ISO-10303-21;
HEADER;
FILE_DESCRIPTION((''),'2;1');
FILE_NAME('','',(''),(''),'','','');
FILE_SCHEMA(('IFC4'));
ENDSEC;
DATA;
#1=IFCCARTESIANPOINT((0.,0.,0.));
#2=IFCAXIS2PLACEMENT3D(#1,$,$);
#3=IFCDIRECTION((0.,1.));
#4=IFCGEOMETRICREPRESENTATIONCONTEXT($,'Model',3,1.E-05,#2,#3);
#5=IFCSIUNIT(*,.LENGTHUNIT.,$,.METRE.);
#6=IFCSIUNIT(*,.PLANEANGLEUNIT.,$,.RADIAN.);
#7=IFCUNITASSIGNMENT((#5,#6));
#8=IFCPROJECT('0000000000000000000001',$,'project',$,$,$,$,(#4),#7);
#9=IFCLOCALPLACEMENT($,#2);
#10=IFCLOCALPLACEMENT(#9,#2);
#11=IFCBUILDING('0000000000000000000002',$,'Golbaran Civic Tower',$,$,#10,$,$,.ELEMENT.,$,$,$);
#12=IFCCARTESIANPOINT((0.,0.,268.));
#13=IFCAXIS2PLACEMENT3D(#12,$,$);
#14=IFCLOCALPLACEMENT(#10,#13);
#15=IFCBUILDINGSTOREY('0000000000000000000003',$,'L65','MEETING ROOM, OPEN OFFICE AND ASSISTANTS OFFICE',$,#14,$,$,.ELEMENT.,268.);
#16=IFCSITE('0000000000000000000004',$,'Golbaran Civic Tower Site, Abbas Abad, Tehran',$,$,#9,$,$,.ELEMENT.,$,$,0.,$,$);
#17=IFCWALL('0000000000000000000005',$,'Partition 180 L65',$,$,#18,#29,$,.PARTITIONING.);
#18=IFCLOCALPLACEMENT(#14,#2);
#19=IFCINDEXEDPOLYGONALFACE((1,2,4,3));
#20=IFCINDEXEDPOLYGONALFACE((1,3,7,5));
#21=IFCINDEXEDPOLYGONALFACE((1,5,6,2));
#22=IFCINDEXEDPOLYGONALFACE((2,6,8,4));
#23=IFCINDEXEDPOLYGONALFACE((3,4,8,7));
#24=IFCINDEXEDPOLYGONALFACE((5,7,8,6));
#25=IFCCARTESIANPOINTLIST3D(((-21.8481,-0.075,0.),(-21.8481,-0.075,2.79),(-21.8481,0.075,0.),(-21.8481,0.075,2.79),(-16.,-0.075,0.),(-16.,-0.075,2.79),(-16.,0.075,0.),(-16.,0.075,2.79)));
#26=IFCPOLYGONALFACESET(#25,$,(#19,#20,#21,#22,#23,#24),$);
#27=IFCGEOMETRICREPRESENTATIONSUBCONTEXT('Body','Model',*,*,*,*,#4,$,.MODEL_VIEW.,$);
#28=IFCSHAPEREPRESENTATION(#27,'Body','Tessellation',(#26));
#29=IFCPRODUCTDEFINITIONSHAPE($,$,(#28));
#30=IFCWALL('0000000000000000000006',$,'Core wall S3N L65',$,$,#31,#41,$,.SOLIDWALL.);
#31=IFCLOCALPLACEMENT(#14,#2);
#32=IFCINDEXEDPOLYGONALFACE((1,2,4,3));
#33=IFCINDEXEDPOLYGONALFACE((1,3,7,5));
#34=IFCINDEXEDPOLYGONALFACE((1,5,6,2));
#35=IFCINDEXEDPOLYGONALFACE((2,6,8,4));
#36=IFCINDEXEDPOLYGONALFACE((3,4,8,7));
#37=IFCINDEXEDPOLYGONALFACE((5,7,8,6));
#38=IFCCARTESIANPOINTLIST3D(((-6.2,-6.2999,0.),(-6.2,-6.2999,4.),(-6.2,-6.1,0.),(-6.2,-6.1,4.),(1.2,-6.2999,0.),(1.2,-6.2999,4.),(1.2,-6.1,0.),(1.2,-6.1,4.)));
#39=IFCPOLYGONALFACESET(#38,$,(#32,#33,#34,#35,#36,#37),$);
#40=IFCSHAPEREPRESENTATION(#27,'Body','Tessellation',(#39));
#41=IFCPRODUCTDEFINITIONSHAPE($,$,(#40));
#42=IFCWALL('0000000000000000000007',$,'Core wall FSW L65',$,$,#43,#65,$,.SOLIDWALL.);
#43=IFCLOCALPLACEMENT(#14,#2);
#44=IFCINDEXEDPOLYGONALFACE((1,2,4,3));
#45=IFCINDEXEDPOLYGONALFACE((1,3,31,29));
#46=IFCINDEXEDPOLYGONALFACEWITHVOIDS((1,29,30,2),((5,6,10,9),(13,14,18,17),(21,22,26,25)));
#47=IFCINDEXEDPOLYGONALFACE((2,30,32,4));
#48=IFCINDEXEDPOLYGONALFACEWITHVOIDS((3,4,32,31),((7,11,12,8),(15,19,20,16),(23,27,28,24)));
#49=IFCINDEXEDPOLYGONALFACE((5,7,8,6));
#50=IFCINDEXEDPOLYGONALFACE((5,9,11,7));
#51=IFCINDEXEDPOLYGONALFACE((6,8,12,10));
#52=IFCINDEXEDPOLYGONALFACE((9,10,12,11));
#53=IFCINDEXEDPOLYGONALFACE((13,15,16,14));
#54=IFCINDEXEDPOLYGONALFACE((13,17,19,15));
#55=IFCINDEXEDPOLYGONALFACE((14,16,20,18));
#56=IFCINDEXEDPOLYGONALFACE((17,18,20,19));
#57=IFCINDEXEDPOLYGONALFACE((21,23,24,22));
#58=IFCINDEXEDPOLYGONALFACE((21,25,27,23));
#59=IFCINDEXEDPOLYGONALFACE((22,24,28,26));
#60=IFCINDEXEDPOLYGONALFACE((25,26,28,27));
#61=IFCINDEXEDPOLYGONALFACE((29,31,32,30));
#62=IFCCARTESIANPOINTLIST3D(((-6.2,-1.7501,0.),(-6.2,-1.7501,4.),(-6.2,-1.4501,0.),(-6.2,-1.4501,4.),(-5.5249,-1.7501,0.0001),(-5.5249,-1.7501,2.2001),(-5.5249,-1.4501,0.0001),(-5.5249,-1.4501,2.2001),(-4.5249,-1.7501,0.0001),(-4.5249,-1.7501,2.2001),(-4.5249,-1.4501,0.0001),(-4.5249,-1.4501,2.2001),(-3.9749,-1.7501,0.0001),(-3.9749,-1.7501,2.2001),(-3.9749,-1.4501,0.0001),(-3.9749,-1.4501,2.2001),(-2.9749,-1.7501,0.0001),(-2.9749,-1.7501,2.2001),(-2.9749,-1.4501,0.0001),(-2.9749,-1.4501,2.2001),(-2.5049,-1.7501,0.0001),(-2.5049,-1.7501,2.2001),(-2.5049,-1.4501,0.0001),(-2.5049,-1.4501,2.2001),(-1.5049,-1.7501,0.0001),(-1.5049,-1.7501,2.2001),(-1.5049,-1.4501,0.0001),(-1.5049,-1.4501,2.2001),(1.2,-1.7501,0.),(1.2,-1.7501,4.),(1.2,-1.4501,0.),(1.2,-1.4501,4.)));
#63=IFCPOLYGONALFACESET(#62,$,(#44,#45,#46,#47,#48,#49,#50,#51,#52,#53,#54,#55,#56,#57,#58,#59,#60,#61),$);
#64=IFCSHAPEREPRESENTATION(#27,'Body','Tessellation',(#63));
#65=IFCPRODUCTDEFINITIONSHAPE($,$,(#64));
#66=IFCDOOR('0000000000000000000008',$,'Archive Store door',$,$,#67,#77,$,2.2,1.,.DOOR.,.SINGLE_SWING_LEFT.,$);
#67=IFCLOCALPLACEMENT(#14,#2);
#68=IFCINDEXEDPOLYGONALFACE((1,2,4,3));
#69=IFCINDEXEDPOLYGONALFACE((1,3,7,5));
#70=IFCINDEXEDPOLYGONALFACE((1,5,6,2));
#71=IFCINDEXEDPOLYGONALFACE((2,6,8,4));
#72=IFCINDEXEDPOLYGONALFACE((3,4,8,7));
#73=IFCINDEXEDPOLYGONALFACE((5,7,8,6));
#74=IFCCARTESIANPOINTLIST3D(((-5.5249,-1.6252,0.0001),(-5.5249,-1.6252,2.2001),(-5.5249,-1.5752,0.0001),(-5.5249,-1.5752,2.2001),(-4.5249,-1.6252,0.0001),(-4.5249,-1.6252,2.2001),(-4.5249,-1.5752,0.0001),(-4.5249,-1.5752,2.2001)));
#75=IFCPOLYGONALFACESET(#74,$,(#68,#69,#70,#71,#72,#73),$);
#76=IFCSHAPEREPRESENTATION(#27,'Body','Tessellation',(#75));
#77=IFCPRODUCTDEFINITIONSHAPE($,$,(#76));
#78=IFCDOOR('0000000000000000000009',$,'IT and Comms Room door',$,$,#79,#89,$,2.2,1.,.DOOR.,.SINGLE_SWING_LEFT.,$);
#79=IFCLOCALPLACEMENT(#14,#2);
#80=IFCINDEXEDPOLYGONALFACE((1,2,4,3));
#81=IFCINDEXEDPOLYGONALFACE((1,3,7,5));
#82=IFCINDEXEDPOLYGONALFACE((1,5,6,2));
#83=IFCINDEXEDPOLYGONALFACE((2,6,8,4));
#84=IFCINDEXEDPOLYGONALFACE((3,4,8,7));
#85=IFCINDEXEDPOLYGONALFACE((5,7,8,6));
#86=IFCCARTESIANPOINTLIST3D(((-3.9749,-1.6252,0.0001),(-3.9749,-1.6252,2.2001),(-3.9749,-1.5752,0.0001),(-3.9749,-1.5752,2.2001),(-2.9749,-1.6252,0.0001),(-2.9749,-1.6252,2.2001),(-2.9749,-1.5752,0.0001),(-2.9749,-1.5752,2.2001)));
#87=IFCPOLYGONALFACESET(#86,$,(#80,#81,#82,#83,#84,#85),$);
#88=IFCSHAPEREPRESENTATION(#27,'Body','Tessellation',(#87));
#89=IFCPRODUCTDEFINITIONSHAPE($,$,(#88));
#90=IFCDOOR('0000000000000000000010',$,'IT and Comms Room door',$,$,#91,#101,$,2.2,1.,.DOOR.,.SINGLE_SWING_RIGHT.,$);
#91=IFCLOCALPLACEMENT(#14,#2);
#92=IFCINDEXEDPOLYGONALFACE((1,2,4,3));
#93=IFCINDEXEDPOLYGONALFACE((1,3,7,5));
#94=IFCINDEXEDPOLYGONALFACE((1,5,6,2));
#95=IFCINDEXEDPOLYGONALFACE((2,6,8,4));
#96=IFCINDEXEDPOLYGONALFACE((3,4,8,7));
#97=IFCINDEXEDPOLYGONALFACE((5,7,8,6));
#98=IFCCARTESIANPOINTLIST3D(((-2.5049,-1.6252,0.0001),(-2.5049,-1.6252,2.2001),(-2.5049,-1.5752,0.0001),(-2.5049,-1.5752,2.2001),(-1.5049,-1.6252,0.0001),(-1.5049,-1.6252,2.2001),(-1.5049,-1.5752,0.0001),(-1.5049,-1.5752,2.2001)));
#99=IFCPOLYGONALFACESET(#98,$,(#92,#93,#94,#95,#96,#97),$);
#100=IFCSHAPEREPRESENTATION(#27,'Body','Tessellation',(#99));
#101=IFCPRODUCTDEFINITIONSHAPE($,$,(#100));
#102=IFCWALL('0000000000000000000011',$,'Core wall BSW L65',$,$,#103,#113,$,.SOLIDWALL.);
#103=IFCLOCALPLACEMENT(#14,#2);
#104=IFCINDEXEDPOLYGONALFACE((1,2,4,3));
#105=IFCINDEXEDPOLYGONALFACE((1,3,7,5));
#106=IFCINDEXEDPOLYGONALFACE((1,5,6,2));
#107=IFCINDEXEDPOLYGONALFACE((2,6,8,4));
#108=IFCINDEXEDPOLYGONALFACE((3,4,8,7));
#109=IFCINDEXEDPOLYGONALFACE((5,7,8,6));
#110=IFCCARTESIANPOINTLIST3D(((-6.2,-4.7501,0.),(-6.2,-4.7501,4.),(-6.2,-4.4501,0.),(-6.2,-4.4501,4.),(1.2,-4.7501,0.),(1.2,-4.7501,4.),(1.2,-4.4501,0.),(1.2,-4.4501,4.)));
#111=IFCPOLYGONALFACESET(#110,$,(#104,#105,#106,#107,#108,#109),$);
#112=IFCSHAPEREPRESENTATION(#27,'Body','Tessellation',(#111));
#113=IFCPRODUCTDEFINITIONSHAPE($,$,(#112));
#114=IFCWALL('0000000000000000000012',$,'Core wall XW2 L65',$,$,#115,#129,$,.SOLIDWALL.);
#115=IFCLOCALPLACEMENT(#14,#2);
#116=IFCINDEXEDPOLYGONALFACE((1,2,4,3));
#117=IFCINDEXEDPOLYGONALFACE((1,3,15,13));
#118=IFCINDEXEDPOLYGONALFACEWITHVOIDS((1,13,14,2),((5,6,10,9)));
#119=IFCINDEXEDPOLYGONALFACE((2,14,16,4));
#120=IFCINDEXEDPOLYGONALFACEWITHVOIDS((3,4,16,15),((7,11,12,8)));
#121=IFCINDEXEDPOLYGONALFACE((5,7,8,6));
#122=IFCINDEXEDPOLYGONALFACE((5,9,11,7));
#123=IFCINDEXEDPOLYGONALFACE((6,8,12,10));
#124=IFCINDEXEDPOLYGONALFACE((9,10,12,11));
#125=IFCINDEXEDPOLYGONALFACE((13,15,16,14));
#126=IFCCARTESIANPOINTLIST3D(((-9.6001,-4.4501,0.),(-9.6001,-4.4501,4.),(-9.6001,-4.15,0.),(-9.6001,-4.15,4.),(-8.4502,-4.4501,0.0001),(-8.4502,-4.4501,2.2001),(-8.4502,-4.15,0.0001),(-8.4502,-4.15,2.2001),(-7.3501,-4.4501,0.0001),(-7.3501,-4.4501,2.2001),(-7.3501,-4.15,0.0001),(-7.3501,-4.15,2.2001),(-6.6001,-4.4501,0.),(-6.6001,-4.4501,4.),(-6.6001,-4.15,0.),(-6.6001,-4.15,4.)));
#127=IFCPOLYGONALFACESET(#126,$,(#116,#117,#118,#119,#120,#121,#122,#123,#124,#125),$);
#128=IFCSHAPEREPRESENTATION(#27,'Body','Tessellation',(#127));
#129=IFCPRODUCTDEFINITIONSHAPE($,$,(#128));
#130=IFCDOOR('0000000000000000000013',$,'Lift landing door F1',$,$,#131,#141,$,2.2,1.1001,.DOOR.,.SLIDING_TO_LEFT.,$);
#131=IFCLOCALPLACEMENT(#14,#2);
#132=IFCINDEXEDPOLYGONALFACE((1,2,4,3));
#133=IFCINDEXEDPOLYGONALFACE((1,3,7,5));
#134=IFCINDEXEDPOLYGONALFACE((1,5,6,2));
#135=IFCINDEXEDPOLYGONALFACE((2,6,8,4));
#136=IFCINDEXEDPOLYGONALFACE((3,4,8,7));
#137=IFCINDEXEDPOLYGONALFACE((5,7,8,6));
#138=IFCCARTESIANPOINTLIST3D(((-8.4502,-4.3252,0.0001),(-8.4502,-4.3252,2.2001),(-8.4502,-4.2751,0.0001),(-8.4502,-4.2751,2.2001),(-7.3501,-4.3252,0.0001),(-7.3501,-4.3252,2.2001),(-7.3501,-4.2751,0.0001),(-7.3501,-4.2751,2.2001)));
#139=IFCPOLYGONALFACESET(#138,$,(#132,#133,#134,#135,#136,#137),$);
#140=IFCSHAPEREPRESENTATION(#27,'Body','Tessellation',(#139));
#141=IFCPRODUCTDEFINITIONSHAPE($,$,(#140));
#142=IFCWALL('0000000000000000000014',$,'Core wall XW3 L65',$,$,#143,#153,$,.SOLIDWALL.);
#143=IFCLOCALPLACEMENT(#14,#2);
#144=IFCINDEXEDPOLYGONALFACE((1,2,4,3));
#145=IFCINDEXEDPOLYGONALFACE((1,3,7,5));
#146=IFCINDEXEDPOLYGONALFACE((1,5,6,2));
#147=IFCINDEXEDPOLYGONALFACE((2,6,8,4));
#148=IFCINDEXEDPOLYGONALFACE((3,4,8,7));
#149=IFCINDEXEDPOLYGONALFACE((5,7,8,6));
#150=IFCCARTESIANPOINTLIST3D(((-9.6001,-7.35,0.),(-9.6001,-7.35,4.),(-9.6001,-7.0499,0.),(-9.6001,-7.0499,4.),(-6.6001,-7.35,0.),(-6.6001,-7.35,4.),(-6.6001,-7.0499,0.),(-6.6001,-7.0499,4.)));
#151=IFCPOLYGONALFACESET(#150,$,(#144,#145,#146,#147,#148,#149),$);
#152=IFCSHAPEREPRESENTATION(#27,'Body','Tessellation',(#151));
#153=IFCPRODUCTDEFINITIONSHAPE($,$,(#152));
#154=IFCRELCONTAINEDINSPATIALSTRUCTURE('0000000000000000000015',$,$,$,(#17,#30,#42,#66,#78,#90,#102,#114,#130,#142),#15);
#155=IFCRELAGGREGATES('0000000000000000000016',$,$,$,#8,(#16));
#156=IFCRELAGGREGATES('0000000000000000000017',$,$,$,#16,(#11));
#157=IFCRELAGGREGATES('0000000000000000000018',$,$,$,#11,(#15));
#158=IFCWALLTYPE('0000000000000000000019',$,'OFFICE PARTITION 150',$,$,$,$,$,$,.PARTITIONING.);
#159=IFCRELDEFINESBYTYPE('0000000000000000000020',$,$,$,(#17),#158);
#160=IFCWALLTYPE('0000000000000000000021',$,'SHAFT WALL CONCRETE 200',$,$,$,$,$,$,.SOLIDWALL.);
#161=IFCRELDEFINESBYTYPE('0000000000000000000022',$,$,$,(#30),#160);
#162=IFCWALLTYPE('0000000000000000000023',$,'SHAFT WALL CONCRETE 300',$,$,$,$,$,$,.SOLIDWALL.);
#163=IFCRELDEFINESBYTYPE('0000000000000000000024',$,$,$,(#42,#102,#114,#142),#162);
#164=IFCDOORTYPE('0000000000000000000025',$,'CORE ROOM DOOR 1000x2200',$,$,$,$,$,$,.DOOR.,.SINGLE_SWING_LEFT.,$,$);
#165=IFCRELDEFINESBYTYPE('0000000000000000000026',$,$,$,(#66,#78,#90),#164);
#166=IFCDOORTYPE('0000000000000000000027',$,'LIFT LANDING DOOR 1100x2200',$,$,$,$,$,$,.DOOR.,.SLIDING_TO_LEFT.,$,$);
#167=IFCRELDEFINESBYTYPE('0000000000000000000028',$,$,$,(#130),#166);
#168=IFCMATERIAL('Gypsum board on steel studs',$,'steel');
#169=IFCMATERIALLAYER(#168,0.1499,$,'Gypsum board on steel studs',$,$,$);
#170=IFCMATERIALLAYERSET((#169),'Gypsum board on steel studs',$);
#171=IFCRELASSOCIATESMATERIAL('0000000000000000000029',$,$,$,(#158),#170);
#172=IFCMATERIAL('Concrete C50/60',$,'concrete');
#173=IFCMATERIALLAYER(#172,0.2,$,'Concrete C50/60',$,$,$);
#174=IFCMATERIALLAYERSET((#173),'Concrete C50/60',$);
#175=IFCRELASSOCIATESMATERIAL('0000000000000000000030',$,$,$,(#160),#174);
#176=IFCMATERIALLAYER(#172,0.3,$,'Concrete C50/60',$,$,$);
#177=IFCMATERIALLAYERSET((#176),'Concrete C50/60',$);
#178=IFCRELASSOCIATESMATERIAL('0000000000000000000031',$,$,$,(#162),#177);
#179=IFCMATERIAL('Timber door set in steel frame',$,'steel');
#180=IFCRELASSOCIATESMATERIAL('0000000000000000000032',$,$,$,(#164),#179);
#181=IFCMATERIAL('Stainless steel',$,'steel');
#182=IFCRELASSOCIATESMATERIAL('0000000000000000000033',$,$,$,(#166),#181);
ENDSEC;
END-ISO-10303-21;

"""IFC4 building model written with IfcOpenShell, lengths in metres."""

from ifc_helpers import new_model, si_unit, direction, frame, frame_2d, origin, place, context, subcontext, project, spatial, rectangle, extrude, material, layer, layer_set, type_object, element, fill, save


model = new_model("IFC4")

# Units and contexts
model_context = context("Model", 3, precision=1e-05, world=origin(), true_north=direction((0.0, 1.0)))
body_context = subcontext(model_context, "Body", "Model", "MODEL_VIEW")
ifc_project = project(units=[si_unit("LENGTHUNIT", "METRE"), si_unit("PLANEANGLEUNIT", "RADIAN")], contexts=[model_context])

# Site, building, storey
site_placement = place(None, origin())
site = spatial("IfcSite", under=ifc_project, at=site_placement, Name="Golbaran Civic Tower Site, Abbas Abad, Tehran", CompositionType="ELEMENT", RefElevation=0.0)
building_placement = place(site_placement, origin())
building = spatial("IfcBuilding", under=site, at=building_placement, Name="Golbaran Civic Tower", CompositionType="ELEMENT")
storey_placement = place(building_placement, frame((0.0, 0.0, 268.0)))
storey = spatial("IfcBuildingStorey", under=building, at=storey_placement, Name="L65", Description="MEETING ROOM, OPEN OFFICE AND ASSISTANTS OFFICE", CompositionType="ELEMENT", Elevation=268.0)

# Shared definitions
ifc_material_1 = material(Name="Timber door set in steel frame", Category="steel")

# Walls
ifc_material_2 = material(Name="Gypsum board on steel studs", Category="steel")
ifc_layer_1 = layer(ifc_material_2, 0.1499, Name="Gypsum board on steel studs")
ifc_layer_set_1 = layer_set([ifc_layer_1], Name="Gypsum board on steel studs")
wall_type_1 = type_object("IfcWallType", Name="OFFICE PARTITION 150", PredefinedType="PARTITIONING", material=ifc_layer_set_1)
wall_1_placement = place(storey_placement, frame((-16.0, 0.0, 0.0), z_axis=(0.0, 0.0, 1.0), x_axis=(-1.0, 0.0, 0.0)))
element("IfcWall", 1, at=wall_1_placement, inside=storey, type_object=wall_type_1, Name="Partition 180 L65", PredefinedType="PARTITIONING", context=body_context, shape_type="SweptSolid", body=[
    extrude(rectangle(XDim=5.8481, YDim=0.1499, at=frame_2d((2.9241, 0.0))), origin(), (0.0, 0.0, 1.0), 2.79),
])
ifc_material_3 = material(Name="Concrete C50/60", Category="concrete")
ifc_layer_2 = layer(ifc_material_3, 0.2, Name="Concrete C50/60")
ifc_layer_set_2 = layer_set([ifc_layer_2], Name="Concrete C50/60")
wall_type_2 = type_object("IfcWallType", Name="SHAFT WALL CONCRETE 200", PredefinedType="SOLIDWALL", material=ifc_layer_set_2)
wall_2_placement = place(storey_placement, frame((-6.2, -6.2, 0.0), z_axis=(0.0, 0.0, 1.0), x_axis=(1.0, 0.0, 0.0)))
element("IfcWall", 2, at=wall_2_placement, inside=storey, type_object=wall_type_2, Name="Core wall S3N L65", PredefinedType="SOLIDWALL", context=body_context, shape_type="SweptSolid", body=[
    extrude(rectangle(XDim=7.3999, YDim=0.2, at=frame_2d((3.7, 0.0))), origin(), (0.0, 0.0, 1.0), 4.0),
])

# Wall, openings, doors
ifc_layer_3 = layer(ifc_material_3, 0.3, Name="Concrete C50/60")
ifc_layer_set_3 = layer_set([ifc_layer_3], Name="Concrete C50/60")
wall_type_3 = type_object("IfcWallType", Name="SHAFT WALL CONCRETE 300", PredefinedType="SOLIDWALL", material=ifc_layer_set_3)
wall_3_placement = place(storey_placement, frame((-6.2, -1.6001, 0.0), z_axis=(0.0, 0.0, 1.0), x_axis=(1.0, 0.0, 0.0)))
wall_3 = element("IfcWall", 3, at=wall_3_placement, inside=storey, type_object=wall_type_3, Name="Core wall FSW L65", PredefinedType="SOLIDWALL", context=body_context, shape_type="SweptSolid", body=[
    extrude(rectangle(XDim=7.3999, YDim=0.3, at=frame_2d((3.7, 0.0))), origin(), (0.0, 0.0, 1.0), 4.0),
])
opening_1_placement = place(wall_3_placement, frame((0.675, 0.0, 0.0)))
opening_1 = element("IfcOpeningElement", 4, at=opening_1_placement, cuts=wall_3, PredefinedType="OPENING", context=body_context, shape_type="SweptSolid", body=[
    extrude(rectangle(XDim=1.0, YDim=2.2, at=frame_2d((0.5, 1.1001))), frame((0.0, 0.1599, 0.0), z_axis=(0.0, -1.0, 0.0), x_axis=(1.0, 0.0, 0.0)), (0.0, 0.0, 1.0), 0.3201),
])
opening_2_placement = place(wall_3_placement, frame((2.2251, 0.0, 0.0)))
opening_2 = element("IfcOpeningElement", 5, at=opening_2_placement, cuts=wall_3, PredefinedType="OPENING", context=body_context, shape_type="SweptSolid", body=[
    extrude(rectangle(XDim=1.0, YDim=2.2, at=frame_2d((0.5, 1.1001))), frame((0.0, 0.1599, 0.0), z_axis=(0.0, -1.0, 0.0), x_axis=(1.0, 0.0, 0.0)), (0.0, 0.0, 1.0), 0.3201),
])
opening_3_placement = place(wall_3_placement, frame((3.6951, 0.0, 0.0)))
opening_3 = element("IfcOpeningElement", 6, at=opening_3_placement, cuts=wall_3, PredefinedType="OPENING", context=body_context, shape_type="SweptSolid", body=[
    extrude(rectangle(XDim=1.0, YDim=2.2, at=frame_2d((0.5, 1.1001))), frame((0.0, 0.1599, 0.0), z_axis=(0.0, -1.0, 0.0), x_axis=(1.0, 0.0, 0.0)), (0.0, 0.0, 1.0), 0.3201),
])
door_type_1 = type_object("IfcDoorType", Name="CORE ROOM DOOR 1000x2200", OperationType="SINGLE_SWING_LEFT", PredefinedType="DOOR", material=ifc_material_1)
door_1_placement = place(opening_1_placement, origin())
door_1 = element("IfcDoor", 7, at=door_1_placement, inside=storey, type_object=door_type_1, Name="Archive Store door", OperationType="SINGLE_SWING_LEFT", OverallHeight=2.2, OverallWidth=1.0, PredefinedType="DOOR", context=body_context, shape_type="SweptSolid", body=[
    extrude(rectangle(XDim=1.0, YDim=2.2, at=frame_2d((0.5, 1.1001))), frame((0.0, 0.0249, 0.0), z_axis=(0.0, -1.0, 0.0), x_axis=(1.0, 0.0, 0.0)), (0.0, 0.0, 1.0), 0.05),
])
fill(opening_1, door_1)
door_2_placement = place(opening_2_placement, origin())
door_2 = element("IfcDoor", 8, at=door_2_placement, inside=storey, type_object=door_type_1, Name="IT and Comms Room door", OperationType="SINGLE_SWING_LEFT", OverallHeight=2.2, OverallWidth=1.0, PredefinedType="DOOR", context=body_context, shape_type="SweptSolid", body=[
    extrude(rectangle(XDim=1.0, YDim=2.2, at=frame_2d((0.5, 1.1001))), frame((0.0, 0.0249, 0.0), z_axis=(0.0, -1.0, 0.0), x_axis=(1.0, 0.0, 0.0)), (0.0, 0.0, 1.0), 0.05),
])
fill(opening_2, door_2)
door_3_placement = place(opening_3_placement, origin())
door_3 = element("IfcDoor", 9, at=door_3_placement, inside=storey, type_object=door_type_1, Name="IT and Comms Room door", OperationType="SINGLE_SWING_RIGHT", OverallHeight=2.2, OverallWidth=1.0, PredefinedType="DOOR", context=body_context, shape_type="SweptSolid", body=[
    extrude(rectangle(XDim=1.0, YDim=2.2, at=frame_2d((0.5, 1.1001))), frame((0.0, 0.0249, 0.0), z_axis=(0.0, -1.0, 0.0), x_axis=(1.0, 0.0, 0.0)), (0.0, 0.0, 1.0), 0.05),
])
fill(opening_3, door_3)

# Wall
wall_4_placement = place(storey_placement, frame((-6.2, -4.6001, 0.0), z_axis=(0.0, 0.0, 1.0), x_axis=(1.0, 0.0, 0.0)))
element("IfcWall", 10, at=wall_4_placement, inside=storey, type_object=wall_type_3, Name="Core wall BSW L65", PredefinedType="SOLIDWALL", context=body_context, shape_type="SweptSolid", body=[
    extrude(rectangle(XDim=7.3999, YDim=0.3, at=frame_2d((3.7, 0.0))), origin(), (0.0, 0.0, 1.0), 4.0),
])

# Wall, opening, door
wall_5_placement = place(storey_placement, frame((-9.6001, -4.3, 0.0), z_axis=(0.0, 0.0, 1.0), x_axis=(1.0, 0.0, 0.0)))
wall_5 = element("IfcWall", 11, at=wall_5_placement, inside=storey, type_object=wall_type_3, Name="Core wall XW2 L65", PredefinedType="SOLIDWALL", context=body_context, shape_type="SweptSolid", body=[
    extrude(rectangle(XDim=3.0, YDim=0.3, at=frame_2d((1.5, 0.0))), origin(), (0.0, 0.0, 1.0), 4.0),
])
opening_4_placement = place(wall_5_placement, frame((1.1499, 0.0, 0.0)))
opening_4 = element("IfcOpeningElement", 12, at=opening_4_placement, cuts=wall_5, PredefinedType="OPENING", context=body_context, shape_type="SweptSolid", body=[
    extrude(rectangle(XDim=1.1001, YDim=2.2, at=frame_2d((0.55, 1.1001))), frame((0.0, 0.1599, 0.0), z_axis=(0.0, -1.0, 0.0), x_axis=(1.0, 0.0, 0.0)), (0.0, 0.0, 1.0), 0.3201),
])
ifc_material_4 = material(Name="Stainless steel", Category="steel")
door_type_2 = type_object("IfcDoorType", Name="LIFT LANDING DOOR 1100x2200", OperationType="SLIDING_TO_LEFT", PredefinedType="DOOR", material=ifc_material_4)
door_4_placement = place(opening_4_placement, origin())
door_4 = element("IfcDoor", 13, at=door_4_placement, inside=storey, type_object=door_type_2, Name="Lift landing door F1", OperationType="SLIDING_TO_LEFT", OverallHeight=2.2, OverallWidth=1.1001, PredefinedType="DOOR", context=body_context, shape_type="SweptSolid", body=[
    extrude(rectangle(XDim=1.1001, YDim=2.2, at=frame_2d((0.55, 1.1001))), frame((0.0, 0.0249, 0.0), z_axis=(0.0, -1.0, 0.0), x_axis=(1.0, 0.0, 0.0)), (0.0, 0.0, 1.0), 0.05),
])
fill(opening_4, door_4)

# Wall
wall_6_placement = place(storey_placement, frame((-9.6001, -7.2, 0.0), z_axis=(0.0, 0.0, 1.0), x_axis=(1.0, 0.0, 0.0)))
element("IfcWall", 14, at=wall_6_placement, inside=storey, type_object=wall_type_3, Name="Core wall XW3 L65", PredefinedType="SOLIDWALL", context=body_context, shape_type="SweptSolid", body=[
    extrude(rectangle(XDim=3.0, YDim=0.3, at=frame_2d((1.5, 0.0))), origin(), (0.0, 0.0, 1.0), 4.0),
])

save(model, "model.ifc")
